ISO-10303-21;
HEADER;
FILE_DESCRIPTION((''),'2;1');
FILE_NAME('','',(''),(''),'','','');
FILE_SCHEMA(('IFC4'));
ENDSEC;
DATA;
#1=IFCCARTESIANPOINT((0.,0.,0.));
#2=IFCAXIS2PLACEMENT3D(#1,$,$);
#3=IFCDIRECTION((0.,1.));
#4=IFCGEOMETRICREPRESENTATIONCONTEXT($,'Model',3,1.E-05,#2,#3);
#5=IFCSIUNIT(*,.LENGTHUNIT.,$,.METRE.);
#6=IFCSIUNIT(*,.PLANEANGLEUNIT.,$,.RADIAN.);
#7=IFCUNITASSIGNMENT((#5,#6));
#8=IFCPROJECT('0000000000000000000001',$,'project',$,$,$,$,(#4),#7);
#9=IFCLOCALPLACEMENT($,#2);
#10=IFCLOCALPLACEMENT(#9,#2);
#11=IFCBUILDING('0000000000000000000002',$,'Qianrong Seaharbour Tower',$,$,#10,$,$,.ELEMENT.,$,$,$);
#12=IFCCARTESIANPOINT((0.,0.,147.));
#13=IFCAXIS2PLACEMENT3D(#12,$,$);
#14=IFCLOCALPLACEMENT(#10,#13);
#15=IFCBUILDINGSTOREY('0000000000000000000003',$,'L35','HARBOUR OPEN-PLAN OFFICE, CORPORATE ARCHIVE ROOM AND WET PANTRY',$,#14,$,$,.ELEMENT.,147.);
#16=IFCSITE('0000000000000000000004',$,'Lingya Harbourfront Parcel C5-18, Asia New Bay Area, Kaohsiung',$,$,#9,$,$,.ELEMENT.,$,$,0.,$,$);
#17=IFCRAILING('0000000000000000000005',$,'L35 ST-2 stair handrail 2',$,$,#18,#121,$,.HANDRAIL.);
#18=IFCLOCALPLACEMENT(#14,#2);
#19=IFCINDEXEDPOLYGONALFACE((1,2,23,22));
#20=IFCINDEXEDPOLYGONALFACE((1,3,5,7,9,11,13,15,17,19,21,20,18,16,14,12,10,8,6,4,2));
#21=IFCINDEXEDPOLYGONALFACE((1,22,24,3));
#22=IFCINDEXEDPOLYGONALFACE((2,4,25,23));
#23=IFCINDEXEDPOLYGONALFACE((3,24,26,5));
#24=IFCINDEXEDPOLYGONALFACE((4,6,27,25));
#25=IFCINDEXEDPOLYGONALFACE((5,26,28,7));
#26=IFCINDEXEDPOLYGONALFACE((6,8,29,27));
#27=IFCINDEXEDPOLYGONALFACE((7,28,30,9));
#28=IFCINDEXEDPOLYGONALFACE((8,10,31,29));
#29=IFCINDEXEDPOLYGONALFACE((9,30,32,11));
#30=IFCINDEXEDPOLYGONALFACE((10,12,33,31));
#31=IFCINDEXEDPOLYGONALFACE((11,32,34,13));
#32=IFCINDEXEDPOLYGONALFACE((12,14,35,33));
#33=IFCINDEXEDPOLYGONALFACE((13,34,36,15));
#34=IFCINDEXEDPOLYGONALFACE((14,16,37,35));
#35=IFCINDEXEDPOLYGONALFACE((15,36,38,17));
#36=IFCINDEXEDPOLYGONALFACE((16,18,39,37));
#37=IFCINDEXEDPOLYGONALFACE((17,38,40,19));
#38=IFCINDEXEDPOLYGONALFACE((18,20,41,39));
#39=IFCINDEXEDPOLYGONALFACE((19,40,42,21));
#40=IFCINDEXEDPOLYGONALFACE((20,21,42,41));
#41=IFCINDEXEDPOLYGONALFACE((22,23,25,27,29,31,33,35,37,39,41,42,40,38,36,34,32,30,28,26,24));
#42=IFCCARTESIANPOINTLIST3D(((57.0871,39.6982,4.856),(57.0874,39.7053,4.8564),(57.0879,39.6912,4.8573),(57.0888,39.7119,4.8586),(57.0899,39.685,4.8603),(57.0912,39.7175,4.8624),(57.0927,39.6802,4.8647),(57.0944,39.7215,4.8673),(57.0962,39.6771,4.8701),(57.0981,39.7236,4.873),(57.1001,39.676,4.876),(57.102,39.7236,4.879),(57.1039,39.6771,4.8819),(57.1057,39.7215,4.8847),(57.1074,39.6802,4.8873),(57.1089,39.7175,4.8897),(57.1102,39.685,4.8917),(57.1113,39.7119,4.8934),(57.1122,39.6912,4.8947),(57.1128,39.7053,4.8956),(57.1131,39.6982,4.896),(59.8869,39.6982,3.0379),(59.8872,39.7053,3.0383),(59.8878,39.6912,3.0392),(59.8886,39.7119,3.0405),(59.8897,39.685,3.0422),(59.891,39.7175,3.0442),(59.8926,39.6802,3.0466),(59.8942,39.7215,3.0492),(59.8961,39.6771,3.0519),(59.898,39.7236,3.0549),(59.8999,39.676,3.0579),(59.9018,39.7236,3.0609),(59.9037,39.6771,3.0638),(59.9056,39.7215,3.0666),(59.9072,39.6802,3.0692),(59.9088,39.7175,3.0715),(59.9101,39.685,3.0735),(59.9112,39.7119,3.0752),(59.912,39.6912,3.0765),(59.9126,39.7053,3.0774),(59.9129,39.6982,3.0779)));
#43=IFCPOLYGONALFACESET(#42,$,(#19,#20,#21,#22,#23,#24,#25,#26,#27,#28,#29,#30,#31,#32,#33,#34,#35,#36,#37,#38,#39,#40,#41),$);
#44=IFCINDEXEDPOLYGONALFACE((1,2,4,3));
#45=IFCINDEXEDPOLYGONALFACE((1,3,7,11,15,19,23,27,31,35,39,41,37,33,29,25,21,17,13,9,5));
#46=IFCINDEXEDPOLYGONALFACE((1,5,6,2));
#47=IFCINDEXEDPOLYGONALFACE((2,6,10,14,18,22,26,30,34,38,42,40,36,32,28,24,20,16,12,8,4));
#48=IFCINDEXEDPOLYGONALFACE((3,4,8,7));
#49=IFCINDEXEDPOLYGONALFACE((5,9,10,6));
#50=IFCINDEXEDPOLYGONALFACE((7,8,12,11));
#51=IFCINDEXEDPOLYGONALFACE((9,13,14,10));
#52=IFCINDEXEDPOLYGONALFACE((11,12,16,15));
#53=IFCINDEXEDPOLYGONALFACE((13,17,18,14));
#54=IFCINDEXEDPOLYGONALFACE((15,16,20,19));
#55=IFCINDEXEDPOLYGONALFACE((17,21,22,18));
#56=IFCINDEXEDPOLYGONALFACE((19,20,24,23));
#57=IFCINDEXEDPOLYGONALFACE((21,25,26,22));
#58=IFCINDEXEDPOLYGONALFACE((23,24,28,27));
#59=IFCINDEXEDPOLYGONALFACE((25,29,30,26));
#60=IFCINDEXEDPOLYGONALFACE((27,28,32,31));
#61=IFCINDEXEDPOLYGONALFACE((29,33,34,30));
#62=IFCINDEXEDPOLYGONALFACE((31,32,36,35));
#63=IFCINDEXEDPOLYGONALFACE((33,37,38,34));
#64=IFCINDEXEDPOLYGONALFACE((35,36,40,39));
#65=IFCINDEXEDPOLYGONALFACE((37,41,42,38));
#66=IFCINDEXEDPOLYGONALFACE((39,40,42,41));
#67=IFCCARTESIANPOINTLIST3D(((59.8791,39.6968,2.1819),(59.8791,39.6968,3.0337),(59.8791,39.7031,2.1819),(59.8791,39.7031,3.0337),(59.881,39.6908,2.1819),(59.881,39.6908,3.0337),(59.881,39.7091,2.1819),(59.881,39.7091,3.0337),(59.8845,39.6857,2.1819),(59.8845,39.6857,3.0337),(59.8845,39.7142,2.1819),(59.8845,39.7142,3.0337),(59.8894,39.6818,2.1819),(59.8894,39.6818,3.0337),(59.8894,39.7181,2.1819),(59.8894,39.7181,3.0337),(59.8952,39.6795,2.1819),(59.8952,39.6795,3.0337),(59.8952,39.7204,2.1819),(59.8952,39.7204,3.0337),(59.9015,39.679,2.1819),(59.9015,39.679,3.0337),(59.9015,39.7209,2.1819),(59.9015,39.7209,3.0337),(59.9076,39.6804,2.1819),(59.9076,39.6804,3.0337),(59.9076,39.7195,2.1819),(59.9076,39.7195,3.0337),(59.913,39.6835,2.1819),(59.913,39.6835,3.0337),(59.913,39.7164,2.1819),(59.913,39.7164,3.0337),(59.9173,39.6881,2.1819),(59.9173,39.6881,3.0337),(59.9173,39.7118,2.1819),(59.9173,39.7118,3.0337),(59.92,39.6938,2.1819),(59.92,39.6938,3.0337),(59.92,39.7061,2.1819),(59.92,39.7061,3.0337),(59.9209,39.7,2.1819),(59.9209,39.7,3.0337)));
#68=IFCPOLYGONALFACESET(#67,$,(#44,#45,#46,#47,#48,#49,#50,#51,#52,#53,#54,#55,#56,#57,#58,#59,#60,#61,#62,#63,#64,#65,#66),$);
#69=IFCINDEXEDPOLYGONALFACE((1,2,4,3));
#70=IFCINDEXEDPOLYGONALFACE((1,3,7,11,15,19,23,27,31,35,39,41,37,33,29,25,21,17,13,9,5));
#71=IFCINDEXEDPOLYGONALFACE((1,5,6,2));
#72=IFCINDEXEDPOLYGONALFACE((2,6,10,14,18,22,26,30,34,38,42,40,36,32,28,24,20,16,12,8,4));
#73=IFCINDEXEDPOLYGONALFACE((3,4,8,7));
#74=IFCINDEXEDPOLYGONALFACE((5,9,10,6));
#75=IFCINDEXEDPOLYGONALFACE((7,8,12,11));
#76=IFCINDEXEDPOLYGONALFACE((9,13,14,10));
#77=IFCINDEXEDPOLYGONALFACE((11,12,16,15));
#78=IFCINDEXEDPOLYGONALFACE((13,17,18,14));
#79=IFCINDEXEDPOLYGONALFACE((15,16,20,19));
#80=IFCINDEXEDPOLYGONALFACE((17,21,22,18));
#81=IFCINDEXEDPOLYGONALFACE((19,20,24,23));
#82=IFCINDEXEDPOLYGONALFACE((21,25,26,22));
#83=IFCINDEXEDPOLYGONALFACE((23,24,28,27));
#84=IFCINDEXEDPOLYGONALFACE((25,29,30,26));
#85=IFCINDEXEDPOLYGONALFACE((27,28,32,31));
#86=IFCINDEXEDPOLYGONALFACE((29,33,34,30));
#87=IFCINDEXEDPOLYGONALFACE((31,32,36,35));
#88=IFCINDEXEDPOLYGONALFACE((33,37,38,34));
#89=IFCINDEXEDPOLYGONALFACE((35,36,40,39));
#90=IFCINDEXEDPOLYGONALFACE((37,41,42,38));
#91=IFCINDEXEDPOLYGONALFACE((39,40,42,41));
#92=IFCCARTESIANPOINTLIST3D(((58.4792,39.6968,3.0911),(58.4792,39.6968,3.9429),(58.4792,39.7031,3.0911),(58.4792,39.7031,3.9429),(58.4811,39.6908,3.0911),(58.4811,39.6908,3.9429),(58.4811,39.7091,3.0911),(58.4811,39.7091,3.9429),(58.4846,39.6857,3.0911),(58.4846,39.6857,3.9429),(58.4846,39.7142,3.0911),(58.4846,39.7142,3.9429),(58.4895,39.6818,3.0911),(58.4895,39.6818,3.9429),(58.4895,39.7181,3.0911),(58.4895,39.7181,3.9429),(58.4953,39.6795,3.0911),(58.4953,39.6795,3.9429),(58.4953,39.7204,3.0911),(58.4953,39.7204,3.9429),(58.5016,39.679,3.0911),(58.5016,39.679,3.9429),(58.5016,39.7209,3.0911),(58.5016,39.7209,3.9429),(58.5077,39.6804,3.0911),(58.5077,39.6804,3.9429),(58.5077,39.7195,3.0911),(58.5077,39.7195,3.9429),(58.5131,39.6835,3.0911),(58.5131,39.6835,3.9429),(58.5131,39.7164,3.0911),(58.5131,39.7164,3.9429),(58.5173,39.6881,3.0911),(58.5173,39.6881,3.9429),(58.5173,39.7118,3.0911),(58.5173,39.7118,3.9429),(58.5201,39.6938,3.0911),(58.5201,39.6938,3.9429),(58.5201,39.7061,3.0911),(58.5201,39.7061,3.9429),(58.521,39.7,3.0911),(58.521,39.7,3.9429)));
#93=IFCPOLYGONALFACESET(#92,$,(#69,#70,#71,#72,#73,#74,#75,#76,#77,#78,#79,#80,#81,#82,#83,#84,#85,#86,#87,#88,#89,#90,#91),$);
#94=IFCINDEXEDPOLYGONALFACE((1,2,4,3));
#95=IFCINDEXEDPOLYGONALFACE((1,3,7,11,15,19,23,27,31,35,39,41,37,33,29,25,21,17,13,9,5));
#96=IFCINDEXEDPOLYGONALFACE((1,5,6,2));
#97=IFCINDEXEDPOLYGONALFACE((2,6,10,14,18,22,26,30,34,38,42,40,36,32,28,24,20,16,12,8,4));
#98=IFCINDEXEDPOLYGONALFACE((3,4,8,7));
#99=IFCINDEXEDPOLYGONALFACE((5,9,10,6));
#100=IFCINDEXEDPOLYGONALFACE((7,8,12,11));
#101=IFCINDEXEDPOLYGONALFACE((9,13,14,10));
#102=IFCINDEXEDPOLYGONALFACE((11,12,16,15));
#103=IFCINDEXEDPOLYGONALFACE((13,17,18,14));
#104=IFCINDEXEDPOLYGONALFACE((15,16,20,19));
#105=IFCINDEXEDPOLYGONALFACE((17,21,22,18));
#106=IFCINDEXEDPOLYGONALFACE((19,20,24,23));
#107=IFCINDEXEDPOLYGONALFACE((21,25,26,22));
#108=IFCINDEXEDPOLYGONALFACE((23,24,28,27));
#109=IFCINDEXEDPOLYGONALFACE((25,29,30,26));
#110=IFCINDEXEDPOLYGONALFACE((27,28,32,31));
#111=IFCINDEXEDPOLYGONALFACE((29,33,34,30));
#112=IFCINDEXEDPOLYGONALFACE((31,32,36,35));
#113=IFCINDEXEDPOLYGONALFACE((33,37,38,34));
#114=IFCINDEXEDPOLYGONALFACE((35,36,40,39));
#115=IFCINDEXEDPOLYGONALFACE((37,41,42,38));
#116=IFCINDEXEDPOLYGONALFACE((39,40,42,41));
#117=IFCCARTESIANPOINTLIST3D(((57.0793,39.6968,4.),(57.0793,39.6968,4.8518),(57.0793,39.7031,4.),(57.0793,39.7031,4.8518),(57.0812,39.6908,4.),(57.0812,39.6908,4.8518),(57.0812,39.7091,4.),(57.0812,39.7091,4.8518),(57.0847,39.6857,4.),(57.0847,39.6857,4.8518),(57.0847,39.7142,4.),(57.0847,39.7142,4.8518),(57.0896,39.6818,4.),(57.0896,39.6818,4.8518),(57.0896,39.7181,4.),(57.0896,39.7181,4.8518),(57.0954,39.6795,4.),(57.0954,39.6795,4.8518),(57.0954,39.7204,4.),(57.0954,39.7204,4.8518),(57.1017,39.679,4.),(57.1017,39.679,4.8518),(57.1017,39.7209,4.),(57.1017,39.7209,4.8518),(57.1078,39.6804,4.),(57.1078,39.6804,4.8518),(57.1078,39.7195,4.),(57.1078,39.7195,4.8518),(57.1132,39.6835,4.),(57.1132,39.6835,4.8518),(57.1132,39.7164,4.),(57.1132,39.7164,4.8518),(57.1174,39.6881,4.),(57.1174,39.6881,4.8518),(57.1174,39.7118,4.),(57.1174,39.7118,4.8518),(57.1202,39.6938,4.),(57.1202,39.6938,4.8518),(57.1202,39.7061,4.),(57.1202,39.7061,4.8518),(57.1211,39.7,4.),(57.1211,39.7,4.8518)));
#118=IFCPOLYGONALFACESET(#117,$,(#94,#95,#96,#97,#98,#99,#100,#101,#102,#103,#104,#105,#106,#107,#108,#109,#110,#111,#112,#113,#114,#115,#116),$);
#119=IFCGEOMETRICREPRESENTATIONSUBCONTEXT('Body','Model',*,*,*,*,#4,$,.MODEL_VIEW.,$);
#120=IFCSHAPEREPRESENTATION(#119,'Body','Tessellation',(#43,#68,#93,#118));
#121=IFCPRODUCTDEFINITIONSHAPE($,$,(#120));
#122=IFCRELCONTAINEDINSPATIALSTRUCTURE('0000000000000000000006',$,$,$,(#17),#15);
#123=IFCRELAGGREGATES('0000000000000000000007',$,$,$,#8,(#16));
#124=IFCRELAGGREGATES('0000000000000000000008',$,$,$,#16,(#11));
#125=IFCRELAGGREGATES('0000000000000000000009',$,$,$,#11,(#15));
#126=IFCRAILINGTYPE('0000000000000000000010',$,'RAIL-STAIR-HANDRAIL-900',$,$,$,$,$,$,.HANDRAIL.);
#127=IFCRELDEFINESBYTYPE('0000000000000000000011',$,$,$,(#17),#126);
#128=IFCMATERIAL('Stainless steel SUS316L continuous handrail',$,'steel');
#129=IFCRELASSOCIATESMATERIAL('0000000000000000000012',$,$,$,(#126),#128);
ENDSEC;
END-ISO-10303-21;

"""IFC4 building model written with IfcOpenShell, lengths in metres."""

from ifc_helpers import new_model, si_unit, direction, frame, origin, origin_2d, place, context, subcontext, project, spatial, circle, extrude, material, type_object, element, save


model = new_model("IFC4")

# Units and contexts
model_context = context("Model", 3, precision=1e-05, world=origin(), true_north=direction((0.0, 1.0)))
body_context = subcontext(model_context, "Body", "Model", "MODEL_VIEW")
ifc_project = project(units=[si_unit("LENGTHUNIT", "METRE"), si_unit("PLANEANGLEUNIT", "RADIAN")], contexts=[model_context])

# Site, building, storey
site_placement = place(None, origin())
site = spatial("IfcSite", under=ifc_project, at=site_placement, Name="Lingya Harbourfront Parcel C5-18, Asia New Bay Area, Kaohsiung", CompositionType="ELEMENT", RefElevation=0.0)
building_placement = place(site_placement, origin())
building = spatial("IfcBuilding", under=site, at=building_placement, Name="Qianrong Seaharbour Tower", CompositionType="ELEMENT")
storey_placement = place(building_placement, frame((0.0, 0.0, 147.0)))
storey = spatial("IfcBuildingStorey", under=building, at=storey_placement, Name="L35", Description="HARBOUR OPEN-PLAN OFFICE, CORPORATE ARCHIVE ROOM AND WET PANTRY", CompositionType="ELEMENT", Elevation=147.0)

# Railing
ifc_material_1 = material(Name="Stainless steel SUS316L continuous handrail", Category="steel")
railing_type_1 = type_object("IfcRailingType", Name="RAIL-STAIR-HANDRAIL-900", PredefinedType="HANDRAIL", material=ifc_material_1)
railing_1_placement = place(storey_placement, frame((59.8999, 39.7, 2.1819)))
element("IfcRailing", 1, at=railing_1_placement, inside=storey, type_object=railing_type_1, Name="L35 ST-2 stair handrail 2", PredefinedType="HANDRAIL", context=body_context, shape_type="SweptSolid", body=[
    extrude(circle(Radius=0.0239, at=origin_2d()), frame((0.0, 0.0, 0.876), z_axis=(-0.838684, 0.0, 0.544618), x_axis=(0.0, -1.0, 0.0)), (0.0, 0.0, 1.0), 3.3384),
    extrude(circle(Radius=0.021, at=origin_2d()), origin(), (0.0, 0.0, 1.0), 0.8518),
    extrude(circle(Radius=0.021, at=origin_2d()), frame((-1.3999, 0.0, 0.9092)), (0.0, 0.0, 1.0), 0.8518),
    extrude(circle(Radius=0.021, at=origin_2d()), frame((-2.7998, 0.0, 1.8181)), (0.0, 0.0, 1.0), 0.8518),
])

save(model, "model.ifc")
